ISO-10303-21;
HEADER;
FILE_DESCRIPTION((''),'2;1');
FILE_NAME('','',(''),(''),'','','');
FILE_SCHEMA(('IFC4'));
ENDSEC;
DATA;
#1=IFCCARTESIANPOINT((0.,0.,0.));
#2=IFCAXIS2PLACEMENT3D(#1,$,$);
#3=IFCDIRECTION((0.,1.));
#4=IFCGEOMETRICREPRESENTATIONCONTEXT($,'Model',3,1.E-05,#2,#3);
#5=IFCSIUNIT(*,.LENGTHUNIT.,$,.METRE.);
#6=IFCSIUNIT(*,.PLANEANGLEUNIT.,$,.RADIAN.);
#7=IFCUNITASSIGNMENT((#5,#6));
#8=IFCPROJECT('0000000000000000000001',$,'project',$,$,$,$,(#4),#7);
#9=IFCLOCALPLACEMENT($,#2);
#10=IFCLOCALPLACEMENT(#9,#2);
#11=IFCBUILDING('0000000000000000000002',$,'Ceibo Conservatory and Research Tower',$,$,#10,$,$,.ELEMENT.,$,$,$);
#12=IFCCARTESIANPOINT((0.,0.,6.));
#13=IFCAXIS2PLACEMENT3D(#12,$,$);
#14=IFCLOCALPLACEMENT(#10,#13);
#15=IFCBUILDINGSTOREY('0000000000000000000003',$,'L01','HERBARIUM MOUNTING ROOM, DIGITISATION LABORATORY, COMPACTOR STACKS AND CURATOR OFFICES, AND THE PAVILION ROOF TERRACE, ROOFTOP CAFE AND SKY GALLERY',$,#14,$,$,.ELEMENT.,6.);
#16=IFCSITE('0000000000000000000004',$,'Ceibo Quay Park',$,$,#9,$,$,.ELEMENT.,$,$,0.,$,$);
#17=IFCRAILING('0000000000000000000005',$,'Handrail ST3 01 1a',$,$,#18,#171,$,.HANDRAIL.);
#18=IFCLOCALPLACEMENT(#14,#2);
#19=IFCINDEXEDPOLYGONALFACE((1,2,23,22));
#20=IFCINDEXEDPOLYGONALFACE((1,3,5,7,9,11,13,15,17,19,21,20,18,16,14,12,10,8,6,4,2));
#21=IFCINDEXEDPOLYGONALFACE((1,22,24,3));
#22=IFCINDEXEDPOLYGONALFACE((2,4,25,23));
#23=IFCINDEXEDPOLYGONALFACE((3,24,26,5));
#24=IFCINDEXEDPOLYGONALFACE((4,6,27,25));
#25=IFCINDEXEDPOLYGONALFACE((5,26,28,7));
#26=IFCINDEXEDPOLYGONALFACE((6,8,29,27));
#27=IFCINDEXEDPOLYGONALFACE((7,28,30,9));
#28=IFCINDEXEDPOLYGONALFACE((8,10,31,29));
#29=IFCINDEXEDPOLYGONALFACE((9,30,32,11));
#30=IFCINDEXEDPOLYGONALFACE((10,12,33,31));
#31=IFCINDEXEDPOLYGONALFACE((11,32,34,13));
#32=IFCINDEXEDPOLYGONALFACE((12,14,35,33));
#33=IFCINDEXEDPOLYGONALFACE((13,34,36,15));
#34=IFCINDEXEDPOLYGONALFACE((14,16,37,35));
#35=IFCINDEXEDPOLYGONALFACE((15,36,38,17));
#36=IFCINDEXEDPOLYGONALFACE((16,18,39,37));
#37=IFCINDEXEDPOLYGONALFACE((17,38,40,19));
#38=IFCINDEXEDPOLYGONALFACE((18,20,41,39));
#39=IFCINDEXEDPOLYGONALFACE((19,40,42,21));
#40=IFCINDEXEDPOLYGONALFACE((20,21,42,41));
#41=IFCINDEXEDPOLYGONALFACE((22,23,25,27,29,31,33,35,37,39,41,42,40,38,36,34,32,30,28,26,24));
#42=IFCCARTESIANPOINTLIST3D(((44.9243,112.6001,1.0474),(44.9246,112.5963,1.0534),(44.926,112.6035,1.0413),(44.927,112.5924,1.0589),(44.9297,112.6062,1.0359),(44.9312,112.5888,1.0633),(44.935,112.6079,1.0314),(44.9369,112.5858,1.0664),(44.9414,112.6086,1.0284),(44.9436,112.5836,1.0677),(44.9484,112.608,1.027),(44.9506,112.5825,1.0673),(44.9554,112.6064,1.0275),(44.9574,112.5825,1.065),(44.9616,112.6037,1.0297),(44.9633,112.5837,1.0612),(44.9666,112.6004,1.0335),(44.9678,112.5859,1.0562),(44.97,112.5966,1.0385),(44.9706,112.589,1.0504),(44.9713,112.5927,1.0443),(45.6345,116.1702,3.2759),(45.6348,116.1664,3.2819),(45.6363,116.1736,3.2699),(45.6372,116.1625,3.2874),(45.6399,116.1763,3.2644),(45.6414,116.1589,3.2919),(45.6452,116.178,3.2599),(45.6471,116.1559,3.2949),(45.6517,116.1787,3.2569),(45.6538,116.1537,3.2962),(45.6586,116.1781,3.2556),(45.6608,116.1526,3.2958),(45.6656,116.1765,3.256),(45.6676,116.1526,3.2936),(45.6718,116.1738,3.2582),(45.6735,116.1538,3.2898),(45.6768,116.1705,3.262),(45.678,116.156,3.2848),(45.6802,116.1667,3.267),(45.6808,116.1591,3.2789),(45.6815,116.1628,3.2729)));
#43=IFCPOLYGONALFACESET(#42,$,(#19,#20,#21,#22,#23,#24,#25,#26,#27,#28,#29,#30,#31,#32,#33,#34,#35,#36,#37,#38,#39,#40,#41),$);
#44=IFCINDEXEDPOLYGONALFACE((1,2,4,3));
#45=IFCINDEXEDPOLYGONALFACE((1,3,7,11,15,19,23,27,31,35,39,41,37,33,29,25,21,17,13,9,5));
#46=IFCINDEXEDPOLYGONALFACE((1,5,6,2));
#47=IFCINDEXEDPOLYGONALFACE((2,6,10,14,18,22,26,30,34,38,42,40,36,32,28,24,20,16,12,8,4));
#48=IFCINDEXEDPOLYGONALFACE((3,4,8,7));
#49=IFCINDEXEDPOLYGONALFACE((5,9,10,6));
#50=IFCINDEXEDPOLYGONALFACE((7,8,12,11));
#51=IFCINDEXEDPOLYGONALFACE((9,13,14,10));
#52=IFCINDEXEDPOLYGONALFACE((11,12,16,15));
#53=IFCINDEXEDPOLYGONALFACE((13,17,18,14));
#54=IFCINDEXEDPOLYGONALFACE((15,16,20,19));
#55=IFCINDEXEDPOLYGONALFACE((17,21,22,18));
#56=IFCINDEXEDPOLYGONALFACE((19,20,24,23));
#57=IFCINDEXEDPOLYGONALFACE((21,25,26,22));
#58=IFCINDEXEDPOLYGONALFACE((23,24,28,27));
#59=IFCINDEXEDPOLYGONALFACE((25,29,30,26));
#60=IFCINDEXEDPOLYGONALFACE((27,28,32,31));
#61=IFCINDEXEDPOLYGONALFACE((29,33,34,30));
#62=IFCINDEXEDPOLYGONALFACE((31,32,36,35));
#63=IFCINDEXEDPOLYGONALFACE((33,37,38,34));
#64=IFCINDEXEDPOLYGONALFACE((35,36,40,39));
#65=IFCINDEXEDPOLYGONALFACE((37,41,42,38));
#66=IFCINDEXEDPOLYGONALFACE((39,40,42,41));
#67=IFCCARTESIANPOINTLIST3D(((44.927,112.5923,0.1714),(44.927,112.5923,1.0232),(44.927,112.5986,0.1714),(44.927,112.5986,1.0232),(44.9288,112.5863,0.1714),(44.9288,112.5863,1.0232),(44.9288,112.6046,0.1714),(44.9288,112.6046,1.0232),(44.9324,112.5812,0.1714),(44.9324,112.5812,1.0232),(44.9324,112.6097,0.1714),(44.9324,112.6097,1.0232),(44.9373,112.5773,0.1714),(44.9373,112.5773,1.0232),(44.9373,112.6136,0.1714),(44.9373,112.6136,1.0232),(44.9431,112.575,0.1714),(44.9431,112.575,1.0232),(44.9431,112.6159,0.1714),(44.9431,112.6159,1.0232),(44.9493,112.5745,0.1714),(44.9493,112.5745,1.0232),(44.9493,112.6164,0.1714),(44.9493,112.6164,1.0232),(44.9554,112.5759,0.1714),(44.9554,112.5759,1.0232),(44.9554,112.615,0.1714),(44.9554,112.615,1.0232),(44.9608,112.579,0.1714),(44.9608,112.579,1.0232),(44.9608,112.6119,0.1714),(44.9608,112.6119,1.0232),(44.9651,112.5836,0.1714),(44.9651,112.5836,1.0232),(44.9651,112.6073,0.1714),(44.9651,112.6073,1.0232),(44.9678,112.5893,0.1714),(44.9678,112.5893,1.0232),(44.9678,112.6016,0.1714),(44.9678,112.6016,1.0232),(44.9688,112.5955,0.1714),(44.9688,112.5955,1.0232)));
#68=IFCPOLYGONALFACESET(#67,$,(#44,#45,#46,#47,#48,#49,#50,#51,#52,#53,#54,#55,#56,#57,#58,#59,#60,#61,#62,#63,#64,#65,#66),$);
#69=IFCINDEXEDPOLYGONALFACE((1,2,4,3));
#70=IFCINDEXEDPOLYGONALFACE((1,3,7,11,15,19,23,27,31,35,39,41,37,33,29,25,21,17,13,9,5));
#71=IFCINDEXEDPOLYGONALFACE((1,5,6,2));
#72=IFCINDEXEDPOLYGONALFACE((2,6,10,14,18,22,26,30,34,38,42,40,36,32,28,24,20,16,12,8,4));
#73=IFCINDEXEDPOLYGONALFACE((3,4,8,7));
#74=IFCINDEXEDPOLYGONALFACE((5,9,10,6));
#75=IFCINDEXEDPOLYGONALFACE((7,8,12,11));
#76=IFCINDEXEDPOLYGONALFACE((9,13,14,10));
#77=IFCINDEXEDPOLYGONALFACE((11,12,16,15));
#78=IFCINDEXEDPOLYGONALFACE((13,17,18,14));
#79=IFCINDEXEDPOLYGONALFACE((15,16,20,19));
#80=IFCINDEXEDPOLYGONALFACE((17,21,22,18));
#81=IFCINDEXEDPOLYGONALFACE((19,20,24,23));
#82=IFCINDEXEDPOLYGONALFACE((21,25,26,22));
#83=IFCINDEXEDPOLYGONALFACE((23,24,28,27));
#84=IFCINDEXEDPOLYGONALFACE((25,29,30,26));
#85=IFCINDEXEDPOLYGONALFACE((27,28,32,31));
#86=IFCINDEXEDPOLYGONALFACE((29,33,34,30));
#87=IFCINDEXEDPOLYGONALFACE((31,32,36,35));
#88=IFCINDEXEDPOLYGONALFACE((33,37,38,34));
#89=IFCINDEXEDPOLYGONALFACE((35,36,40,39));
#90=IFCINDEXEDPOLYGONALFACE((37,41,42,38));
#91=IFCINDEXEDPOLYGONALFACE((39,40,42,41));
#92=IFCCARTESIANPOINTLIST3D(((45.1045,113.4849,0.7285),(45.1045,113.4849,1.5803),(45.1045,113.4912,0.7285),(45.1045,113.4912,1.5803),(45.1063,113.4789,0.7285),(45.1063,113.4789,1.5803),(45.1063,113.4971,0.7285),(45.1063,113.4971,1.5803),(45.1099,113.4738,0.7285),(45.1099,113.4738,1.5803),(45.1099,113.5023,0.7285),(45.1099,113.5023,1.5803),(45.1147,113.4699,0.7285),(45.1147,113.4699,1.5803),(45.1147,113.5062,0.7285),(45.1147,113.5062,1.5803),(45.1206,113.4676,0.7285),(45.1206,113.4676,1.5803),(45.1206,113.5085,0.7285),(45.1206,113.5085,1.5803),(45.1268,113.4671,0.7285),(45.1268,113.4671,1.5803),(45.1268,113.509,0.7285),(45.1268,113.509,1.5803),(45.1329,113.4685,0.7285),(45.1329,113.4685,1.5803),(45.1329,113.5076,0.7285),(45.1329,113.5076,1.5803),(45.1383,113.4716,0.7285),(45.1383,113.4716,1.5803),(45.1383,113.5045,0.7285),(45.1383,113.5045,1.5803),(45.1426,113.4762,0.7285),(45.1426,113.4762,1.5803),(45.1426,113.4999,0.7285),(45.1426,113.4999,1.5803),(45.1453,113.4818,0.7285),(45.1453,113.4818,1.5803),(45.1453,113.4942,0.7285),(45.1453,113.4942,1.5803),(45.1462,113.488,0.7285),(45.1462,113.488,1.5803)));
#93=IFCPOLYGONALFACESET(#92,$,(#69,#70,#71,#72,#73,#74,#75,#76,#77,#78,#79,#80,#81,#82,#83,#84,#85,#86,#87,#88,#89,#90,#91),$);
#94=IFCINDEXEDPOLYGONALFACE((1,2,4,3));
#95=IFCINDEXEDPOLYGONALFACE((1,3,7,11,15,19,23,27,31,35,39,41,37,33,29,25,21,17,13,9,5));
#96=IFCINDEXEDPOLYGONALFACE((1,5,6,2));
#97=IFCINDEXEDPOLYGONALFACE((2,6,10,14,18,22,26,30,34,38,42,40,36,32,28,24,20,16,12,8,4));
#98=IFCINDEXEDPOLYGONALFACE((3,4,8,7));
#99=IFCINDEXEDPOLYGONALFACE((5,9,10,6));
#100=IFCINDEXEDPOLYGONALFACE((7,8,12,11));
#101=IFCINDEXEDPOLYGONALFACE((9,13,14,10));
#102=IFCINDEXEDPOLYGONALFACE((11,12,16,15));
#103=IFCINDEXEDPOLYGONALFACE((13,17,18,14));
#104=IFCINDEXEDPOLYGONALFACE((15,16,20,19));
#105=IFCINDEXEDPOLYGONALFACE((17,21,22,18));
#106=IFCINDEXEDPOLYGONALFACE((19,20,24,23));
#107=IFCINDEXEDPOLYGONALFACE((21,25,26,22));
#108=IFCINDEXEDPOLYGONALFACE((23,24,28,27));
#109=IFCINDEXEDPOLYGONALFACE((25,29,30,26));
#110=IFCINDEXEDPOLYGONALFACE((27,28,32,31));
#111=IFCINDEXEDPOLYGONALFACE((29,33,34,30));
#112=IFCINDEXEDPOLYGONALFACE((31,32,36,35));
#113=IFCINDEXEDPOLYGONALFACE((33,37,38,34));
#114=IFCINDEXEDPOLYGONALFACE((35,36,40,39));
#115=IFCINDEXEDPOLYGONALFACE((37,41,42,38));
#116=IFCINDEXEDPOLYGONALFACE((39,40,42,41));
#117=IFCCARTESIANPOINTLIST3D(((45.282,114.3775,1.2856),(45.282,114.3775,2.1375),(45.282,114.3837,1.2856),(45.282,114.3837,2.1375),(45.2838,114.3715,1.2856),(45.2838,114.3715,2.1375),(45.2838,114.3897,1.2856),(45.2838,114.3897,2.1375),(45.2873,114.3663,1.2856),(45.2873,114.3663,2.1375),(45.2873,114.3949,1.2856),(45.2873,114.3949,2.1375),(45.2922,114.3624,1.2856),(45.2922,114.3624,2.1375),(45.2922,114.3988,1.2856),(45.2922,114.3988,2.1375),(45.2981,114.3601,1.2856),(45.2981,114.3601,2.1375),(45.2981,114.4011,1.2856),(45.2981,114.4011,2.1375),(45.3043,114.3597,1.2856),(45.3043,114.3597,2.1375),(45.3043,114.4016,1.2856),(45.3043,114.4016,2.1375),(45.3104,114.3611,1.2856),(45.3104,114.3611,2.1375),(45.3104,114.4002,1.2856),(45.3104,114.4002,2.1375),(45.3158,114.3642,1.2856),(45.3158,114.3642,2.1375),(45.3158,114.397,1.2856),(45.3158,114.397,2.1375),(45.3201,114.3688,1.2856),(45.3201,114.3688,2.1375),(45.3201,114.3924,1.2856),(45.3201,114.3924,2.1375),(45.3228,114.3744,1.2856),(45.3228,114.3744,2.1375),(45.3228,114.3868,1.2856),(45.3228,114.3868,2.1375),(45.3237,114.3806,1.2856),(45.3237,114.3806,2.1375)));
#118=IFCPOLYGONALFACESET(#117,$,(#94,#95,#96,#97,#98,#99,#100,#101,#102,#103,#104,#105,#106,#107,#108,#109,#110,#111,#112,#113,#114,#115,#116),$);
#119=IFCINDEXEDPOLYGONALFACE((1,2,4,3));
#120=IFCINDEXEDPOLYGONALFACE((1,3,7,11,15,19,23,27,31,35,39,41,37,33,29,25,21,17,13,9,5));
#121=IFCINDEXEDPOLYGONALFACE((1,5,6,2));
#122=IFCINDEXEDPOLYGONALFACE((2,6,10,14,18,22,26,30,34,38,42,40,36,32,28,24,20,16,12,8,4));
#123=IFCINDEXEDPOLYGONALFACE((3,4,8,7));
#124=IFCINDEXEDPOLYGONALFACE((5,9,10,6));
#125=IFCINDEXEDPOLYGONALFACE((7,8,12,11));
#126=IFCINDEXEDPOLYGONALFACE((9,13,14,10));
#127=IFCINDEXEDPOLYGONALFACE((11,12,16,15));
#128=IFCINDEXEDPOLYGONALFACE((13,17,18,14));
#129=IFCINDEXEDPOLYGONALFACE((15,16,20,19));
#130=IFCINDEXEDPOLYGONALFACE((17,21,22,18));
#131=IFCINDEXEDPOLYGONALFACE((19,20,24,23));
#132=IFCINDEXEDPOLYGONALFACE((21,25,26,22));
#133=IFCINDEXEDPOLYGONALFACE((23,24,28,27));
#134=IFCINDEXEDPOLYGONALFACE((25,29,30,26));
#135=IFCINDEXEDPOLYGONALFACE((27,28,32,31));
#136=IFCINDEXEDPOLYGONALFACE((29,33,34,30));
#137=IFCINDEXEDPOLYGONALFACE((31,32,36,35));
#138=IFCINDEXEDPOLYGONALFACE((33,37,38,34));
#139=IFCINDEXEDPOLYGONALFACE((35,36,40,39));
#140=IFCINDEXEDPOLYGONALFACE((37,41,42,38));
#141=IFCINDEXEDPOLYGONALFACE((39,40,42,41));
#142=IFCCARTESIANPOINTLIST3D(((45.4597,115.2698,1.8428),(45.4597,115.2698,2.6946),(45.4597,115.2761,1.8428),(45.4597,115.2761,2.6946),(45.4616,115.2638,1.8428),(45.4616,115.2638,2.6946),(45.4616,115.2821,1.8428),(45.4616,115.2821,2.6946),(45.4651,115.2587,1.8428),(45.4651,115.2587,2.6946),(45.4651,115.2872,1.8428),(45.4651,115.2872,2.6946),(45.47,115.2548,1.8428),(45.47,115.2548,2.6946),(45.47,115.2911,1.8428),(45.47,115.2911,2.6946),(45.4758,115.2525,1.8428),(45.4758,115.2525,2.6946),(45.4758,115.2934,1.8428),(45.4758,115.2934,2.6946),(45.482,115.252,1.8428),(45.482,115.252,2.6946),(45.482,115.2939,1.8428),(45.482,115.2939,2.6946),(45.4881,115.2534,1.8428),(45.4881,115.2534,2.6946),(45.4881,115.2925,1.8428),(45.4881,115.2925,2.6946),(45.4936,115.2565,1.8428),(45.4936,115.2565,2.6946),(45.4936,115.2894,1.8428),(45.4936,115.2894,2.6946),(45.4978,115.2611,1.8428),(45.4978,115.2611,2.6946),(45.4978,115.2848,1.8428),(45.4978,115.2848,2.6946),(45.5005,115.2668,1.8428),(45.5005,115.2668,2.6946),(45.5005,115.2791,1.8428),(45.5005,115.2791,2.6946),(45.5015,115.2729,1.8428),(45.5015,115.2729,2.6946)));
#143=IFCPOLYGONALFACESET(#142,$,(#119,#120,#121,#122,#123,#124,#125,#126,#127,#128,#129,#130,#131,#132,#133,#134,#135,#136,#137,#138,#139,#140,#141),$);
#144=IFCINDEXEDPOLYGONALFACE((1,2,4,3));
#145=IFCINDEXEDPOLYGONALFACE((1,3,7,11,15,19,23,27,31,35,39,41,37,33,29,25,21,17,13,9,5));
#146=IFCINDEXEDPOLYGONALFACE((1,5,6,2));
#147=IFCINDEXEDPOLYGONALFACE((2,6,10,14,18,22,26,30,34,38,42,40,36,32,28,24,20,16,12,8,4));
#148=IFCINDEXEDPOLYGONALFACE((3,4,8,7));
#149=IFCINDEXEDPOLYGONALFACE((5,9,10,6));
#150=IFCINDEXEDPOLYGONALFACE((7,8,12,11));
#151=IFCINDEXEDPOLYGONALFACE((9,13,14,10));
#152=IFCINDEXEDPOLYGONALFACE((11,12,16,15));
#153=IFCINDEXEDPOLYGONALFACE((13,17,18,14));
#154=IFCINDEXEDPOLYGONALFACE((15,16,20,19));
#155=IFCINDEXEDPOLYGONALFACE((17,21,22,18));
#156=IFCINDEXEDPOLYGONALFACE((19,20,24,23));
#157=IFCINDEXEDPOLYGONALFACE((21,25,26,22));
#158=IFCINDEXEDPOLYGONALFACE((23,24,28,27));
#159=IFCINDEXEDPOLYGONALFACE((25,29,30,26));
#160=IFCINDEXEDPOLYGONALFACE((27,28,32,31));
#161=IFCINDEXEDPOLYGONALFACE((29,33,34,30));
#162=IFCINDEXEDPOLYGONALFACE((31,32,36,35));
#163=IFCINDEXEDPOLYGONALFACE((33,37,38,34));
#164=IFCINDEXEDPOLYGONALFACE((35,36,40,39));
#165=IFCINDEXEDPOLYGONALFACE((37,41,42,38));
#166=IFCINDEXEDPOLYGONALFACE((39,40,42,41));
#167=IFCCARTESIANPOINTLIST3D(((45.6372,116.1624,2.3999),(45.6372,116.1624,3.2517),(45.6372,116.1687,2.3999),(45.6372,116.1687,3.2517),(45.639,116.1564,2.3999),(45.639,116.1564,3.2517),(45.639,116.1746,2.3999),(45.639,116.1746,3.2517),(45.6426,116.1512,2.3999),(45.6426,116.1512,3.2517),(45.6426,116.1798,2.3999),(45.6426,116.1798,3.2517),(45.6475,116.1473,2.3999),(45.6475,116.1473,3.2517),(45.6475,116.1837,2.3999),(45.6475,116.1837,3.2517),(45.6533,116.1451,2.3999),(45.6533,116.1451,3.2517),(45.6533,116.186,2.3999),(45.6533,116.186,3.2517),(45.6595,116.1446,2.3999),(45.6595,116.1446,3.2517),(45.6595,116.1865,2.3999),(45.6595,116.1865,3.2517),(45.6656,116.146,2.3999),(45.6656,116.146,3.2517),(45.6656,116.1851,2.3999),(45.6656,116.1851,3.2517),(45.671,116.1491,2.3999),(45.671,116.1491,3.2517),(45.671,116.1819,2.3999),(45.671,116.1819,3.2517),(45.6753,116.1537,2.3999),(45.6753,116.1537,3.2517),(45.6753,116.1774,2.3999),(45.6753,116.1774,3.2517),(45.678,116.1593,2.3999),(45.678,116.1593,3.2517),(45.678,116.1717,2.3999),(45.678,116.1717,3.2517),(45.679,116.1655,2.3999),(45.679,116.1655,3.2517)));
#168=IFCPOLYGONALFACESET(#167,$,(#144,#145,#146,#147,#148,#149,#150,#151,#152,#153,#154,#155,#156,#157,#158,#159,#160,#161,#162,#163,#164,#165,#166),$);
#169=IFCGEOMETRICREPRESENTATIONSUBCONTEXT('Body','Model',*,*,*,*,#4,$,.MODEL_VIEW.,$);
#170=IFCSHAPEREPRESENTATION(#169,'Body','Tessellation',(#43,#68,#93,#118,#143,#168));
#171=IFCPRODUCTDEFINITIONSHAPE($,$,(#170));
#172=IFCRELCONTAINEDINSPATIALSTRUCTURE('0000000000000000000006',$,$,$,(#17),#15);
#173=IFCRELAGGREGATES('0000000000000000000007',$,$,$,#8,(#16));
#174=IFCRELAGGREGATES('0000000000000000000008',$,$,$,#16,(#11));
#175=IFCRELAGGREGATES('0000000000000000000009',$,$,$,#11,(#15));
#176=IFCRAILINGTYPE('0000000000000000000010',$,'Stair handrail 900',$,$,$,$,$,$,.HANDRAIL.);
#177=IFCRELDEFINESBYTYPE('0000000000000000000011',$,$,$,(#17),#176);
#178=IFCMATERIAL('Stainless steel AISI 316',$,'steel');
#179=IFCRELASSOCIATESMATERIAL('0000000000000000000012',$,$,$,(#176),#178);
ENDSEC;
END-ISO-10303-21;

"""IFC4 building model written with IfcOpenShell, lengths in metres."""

from ifc_helpers import new_model, si_unit, direction, frame, origin, origin_2d, place, context, subcontext, project, spatial, circle, extrude, material, type_object, element, save


model = new_model("IFC4")

# Units and contexts
model_context = context("Model", 3, precision=1e-05, world=origin(), true_north=direction((0.0, 1.0)))
body_context = subcontext(model_context, "Body", "Model", "MODEL_VIEW")
ifc_project = project(units=[si_unit("LENGTHUNIT", "METRE"), si_unit("PLANEANGLEUNIT", "RADIAN")], contexts=[model_context])

# Site, building, storey
site_placement = place(None, origin())
site = spatial("IfcSite", under=ifc_project, at=site_placement, Name="Ceibo Quay Park", CompositionType="ELEMENT", RefElevation=0.0)
building_placement = place(site_placement, origin())
building = spatial("IfcBuilding", under=site, at=building_placement, Name="Ceibo Conservatory and Research Tower", CompositionType="ELEMENT")
storey_placement = place(building_placement, frame((0.0, 0.0, 6.0)))
storey = spatial("IfcBuildingStorey", under=building, at=storey_placement, Name="L01", Description="HERBARIUM MOUNTING ROOM, DIGITISATION LABORATORY, COMPACTOR STACKS AND CURATOR OFFICES, AND THE PAVILION ROOF TERRACE, ROOFTOP CAFE AND SKY GALLERY", CompositionType="ELEMENT", Elevation=6.0)

# Railing
ifc_material_1 = material(Name="Stainless steel AISI 316", Category="steel")
railing_type = type_object("IfcRailingType", Name="Stair handrail 900", PredefinedType="HANDRAIL", material=ifc_material_1)
railing_1_placement = place(storey_placement, frame((44.9478, 112.5955, 0.1714)))
element("IfcRailing", 1, at=railing_1_placement, inside=storey, type_object=railing_type, Name="Handrail ST3 01 1a", PredefinedType="HANDRAIL", context=body_context, shape_type="SweptSolid", body=[
    extrude(circle(Radius=0.0239, at=origin_2d()), frame((0.0, 0.0, 0.876), z_axis=(0.166401, 0.836468, 0.522142), x_axis=(-0.980781, 0.19511, 0.0)), (0.0, 0.0, 1.0), 4.2681),
    extrude(circle(Radius=0.021, at=origin_2d()), origin(), (0.0, 0.0, 1.0), 0.8518),
    extrude(circle(Radius=0.021, at=origin_2d()), frame((0.1775, 0.8926, 0.5571)), (0.0, 0.0, 1.0), 0.8518),
    extrude(circle(Radius=0.021, at=origin_2d()), frame((0.355, 1.7852, 1.1143)), (0.0, 0.0, 1.0), 0.8518),
    extrude(circle(Radius=0.021, at=origin_2d()), frame((0.5327, 2.6775, 1.6714)), (0.0, 0.0, 1.0), 0.8518),
    extrude(circle(Radius=0.021, at=origin_2d()), frame((0.7102, 3.5701, 2.2285)), (0.0, 0.0, 1.0), 0.8518),
])

save(model, "model.ifc")
